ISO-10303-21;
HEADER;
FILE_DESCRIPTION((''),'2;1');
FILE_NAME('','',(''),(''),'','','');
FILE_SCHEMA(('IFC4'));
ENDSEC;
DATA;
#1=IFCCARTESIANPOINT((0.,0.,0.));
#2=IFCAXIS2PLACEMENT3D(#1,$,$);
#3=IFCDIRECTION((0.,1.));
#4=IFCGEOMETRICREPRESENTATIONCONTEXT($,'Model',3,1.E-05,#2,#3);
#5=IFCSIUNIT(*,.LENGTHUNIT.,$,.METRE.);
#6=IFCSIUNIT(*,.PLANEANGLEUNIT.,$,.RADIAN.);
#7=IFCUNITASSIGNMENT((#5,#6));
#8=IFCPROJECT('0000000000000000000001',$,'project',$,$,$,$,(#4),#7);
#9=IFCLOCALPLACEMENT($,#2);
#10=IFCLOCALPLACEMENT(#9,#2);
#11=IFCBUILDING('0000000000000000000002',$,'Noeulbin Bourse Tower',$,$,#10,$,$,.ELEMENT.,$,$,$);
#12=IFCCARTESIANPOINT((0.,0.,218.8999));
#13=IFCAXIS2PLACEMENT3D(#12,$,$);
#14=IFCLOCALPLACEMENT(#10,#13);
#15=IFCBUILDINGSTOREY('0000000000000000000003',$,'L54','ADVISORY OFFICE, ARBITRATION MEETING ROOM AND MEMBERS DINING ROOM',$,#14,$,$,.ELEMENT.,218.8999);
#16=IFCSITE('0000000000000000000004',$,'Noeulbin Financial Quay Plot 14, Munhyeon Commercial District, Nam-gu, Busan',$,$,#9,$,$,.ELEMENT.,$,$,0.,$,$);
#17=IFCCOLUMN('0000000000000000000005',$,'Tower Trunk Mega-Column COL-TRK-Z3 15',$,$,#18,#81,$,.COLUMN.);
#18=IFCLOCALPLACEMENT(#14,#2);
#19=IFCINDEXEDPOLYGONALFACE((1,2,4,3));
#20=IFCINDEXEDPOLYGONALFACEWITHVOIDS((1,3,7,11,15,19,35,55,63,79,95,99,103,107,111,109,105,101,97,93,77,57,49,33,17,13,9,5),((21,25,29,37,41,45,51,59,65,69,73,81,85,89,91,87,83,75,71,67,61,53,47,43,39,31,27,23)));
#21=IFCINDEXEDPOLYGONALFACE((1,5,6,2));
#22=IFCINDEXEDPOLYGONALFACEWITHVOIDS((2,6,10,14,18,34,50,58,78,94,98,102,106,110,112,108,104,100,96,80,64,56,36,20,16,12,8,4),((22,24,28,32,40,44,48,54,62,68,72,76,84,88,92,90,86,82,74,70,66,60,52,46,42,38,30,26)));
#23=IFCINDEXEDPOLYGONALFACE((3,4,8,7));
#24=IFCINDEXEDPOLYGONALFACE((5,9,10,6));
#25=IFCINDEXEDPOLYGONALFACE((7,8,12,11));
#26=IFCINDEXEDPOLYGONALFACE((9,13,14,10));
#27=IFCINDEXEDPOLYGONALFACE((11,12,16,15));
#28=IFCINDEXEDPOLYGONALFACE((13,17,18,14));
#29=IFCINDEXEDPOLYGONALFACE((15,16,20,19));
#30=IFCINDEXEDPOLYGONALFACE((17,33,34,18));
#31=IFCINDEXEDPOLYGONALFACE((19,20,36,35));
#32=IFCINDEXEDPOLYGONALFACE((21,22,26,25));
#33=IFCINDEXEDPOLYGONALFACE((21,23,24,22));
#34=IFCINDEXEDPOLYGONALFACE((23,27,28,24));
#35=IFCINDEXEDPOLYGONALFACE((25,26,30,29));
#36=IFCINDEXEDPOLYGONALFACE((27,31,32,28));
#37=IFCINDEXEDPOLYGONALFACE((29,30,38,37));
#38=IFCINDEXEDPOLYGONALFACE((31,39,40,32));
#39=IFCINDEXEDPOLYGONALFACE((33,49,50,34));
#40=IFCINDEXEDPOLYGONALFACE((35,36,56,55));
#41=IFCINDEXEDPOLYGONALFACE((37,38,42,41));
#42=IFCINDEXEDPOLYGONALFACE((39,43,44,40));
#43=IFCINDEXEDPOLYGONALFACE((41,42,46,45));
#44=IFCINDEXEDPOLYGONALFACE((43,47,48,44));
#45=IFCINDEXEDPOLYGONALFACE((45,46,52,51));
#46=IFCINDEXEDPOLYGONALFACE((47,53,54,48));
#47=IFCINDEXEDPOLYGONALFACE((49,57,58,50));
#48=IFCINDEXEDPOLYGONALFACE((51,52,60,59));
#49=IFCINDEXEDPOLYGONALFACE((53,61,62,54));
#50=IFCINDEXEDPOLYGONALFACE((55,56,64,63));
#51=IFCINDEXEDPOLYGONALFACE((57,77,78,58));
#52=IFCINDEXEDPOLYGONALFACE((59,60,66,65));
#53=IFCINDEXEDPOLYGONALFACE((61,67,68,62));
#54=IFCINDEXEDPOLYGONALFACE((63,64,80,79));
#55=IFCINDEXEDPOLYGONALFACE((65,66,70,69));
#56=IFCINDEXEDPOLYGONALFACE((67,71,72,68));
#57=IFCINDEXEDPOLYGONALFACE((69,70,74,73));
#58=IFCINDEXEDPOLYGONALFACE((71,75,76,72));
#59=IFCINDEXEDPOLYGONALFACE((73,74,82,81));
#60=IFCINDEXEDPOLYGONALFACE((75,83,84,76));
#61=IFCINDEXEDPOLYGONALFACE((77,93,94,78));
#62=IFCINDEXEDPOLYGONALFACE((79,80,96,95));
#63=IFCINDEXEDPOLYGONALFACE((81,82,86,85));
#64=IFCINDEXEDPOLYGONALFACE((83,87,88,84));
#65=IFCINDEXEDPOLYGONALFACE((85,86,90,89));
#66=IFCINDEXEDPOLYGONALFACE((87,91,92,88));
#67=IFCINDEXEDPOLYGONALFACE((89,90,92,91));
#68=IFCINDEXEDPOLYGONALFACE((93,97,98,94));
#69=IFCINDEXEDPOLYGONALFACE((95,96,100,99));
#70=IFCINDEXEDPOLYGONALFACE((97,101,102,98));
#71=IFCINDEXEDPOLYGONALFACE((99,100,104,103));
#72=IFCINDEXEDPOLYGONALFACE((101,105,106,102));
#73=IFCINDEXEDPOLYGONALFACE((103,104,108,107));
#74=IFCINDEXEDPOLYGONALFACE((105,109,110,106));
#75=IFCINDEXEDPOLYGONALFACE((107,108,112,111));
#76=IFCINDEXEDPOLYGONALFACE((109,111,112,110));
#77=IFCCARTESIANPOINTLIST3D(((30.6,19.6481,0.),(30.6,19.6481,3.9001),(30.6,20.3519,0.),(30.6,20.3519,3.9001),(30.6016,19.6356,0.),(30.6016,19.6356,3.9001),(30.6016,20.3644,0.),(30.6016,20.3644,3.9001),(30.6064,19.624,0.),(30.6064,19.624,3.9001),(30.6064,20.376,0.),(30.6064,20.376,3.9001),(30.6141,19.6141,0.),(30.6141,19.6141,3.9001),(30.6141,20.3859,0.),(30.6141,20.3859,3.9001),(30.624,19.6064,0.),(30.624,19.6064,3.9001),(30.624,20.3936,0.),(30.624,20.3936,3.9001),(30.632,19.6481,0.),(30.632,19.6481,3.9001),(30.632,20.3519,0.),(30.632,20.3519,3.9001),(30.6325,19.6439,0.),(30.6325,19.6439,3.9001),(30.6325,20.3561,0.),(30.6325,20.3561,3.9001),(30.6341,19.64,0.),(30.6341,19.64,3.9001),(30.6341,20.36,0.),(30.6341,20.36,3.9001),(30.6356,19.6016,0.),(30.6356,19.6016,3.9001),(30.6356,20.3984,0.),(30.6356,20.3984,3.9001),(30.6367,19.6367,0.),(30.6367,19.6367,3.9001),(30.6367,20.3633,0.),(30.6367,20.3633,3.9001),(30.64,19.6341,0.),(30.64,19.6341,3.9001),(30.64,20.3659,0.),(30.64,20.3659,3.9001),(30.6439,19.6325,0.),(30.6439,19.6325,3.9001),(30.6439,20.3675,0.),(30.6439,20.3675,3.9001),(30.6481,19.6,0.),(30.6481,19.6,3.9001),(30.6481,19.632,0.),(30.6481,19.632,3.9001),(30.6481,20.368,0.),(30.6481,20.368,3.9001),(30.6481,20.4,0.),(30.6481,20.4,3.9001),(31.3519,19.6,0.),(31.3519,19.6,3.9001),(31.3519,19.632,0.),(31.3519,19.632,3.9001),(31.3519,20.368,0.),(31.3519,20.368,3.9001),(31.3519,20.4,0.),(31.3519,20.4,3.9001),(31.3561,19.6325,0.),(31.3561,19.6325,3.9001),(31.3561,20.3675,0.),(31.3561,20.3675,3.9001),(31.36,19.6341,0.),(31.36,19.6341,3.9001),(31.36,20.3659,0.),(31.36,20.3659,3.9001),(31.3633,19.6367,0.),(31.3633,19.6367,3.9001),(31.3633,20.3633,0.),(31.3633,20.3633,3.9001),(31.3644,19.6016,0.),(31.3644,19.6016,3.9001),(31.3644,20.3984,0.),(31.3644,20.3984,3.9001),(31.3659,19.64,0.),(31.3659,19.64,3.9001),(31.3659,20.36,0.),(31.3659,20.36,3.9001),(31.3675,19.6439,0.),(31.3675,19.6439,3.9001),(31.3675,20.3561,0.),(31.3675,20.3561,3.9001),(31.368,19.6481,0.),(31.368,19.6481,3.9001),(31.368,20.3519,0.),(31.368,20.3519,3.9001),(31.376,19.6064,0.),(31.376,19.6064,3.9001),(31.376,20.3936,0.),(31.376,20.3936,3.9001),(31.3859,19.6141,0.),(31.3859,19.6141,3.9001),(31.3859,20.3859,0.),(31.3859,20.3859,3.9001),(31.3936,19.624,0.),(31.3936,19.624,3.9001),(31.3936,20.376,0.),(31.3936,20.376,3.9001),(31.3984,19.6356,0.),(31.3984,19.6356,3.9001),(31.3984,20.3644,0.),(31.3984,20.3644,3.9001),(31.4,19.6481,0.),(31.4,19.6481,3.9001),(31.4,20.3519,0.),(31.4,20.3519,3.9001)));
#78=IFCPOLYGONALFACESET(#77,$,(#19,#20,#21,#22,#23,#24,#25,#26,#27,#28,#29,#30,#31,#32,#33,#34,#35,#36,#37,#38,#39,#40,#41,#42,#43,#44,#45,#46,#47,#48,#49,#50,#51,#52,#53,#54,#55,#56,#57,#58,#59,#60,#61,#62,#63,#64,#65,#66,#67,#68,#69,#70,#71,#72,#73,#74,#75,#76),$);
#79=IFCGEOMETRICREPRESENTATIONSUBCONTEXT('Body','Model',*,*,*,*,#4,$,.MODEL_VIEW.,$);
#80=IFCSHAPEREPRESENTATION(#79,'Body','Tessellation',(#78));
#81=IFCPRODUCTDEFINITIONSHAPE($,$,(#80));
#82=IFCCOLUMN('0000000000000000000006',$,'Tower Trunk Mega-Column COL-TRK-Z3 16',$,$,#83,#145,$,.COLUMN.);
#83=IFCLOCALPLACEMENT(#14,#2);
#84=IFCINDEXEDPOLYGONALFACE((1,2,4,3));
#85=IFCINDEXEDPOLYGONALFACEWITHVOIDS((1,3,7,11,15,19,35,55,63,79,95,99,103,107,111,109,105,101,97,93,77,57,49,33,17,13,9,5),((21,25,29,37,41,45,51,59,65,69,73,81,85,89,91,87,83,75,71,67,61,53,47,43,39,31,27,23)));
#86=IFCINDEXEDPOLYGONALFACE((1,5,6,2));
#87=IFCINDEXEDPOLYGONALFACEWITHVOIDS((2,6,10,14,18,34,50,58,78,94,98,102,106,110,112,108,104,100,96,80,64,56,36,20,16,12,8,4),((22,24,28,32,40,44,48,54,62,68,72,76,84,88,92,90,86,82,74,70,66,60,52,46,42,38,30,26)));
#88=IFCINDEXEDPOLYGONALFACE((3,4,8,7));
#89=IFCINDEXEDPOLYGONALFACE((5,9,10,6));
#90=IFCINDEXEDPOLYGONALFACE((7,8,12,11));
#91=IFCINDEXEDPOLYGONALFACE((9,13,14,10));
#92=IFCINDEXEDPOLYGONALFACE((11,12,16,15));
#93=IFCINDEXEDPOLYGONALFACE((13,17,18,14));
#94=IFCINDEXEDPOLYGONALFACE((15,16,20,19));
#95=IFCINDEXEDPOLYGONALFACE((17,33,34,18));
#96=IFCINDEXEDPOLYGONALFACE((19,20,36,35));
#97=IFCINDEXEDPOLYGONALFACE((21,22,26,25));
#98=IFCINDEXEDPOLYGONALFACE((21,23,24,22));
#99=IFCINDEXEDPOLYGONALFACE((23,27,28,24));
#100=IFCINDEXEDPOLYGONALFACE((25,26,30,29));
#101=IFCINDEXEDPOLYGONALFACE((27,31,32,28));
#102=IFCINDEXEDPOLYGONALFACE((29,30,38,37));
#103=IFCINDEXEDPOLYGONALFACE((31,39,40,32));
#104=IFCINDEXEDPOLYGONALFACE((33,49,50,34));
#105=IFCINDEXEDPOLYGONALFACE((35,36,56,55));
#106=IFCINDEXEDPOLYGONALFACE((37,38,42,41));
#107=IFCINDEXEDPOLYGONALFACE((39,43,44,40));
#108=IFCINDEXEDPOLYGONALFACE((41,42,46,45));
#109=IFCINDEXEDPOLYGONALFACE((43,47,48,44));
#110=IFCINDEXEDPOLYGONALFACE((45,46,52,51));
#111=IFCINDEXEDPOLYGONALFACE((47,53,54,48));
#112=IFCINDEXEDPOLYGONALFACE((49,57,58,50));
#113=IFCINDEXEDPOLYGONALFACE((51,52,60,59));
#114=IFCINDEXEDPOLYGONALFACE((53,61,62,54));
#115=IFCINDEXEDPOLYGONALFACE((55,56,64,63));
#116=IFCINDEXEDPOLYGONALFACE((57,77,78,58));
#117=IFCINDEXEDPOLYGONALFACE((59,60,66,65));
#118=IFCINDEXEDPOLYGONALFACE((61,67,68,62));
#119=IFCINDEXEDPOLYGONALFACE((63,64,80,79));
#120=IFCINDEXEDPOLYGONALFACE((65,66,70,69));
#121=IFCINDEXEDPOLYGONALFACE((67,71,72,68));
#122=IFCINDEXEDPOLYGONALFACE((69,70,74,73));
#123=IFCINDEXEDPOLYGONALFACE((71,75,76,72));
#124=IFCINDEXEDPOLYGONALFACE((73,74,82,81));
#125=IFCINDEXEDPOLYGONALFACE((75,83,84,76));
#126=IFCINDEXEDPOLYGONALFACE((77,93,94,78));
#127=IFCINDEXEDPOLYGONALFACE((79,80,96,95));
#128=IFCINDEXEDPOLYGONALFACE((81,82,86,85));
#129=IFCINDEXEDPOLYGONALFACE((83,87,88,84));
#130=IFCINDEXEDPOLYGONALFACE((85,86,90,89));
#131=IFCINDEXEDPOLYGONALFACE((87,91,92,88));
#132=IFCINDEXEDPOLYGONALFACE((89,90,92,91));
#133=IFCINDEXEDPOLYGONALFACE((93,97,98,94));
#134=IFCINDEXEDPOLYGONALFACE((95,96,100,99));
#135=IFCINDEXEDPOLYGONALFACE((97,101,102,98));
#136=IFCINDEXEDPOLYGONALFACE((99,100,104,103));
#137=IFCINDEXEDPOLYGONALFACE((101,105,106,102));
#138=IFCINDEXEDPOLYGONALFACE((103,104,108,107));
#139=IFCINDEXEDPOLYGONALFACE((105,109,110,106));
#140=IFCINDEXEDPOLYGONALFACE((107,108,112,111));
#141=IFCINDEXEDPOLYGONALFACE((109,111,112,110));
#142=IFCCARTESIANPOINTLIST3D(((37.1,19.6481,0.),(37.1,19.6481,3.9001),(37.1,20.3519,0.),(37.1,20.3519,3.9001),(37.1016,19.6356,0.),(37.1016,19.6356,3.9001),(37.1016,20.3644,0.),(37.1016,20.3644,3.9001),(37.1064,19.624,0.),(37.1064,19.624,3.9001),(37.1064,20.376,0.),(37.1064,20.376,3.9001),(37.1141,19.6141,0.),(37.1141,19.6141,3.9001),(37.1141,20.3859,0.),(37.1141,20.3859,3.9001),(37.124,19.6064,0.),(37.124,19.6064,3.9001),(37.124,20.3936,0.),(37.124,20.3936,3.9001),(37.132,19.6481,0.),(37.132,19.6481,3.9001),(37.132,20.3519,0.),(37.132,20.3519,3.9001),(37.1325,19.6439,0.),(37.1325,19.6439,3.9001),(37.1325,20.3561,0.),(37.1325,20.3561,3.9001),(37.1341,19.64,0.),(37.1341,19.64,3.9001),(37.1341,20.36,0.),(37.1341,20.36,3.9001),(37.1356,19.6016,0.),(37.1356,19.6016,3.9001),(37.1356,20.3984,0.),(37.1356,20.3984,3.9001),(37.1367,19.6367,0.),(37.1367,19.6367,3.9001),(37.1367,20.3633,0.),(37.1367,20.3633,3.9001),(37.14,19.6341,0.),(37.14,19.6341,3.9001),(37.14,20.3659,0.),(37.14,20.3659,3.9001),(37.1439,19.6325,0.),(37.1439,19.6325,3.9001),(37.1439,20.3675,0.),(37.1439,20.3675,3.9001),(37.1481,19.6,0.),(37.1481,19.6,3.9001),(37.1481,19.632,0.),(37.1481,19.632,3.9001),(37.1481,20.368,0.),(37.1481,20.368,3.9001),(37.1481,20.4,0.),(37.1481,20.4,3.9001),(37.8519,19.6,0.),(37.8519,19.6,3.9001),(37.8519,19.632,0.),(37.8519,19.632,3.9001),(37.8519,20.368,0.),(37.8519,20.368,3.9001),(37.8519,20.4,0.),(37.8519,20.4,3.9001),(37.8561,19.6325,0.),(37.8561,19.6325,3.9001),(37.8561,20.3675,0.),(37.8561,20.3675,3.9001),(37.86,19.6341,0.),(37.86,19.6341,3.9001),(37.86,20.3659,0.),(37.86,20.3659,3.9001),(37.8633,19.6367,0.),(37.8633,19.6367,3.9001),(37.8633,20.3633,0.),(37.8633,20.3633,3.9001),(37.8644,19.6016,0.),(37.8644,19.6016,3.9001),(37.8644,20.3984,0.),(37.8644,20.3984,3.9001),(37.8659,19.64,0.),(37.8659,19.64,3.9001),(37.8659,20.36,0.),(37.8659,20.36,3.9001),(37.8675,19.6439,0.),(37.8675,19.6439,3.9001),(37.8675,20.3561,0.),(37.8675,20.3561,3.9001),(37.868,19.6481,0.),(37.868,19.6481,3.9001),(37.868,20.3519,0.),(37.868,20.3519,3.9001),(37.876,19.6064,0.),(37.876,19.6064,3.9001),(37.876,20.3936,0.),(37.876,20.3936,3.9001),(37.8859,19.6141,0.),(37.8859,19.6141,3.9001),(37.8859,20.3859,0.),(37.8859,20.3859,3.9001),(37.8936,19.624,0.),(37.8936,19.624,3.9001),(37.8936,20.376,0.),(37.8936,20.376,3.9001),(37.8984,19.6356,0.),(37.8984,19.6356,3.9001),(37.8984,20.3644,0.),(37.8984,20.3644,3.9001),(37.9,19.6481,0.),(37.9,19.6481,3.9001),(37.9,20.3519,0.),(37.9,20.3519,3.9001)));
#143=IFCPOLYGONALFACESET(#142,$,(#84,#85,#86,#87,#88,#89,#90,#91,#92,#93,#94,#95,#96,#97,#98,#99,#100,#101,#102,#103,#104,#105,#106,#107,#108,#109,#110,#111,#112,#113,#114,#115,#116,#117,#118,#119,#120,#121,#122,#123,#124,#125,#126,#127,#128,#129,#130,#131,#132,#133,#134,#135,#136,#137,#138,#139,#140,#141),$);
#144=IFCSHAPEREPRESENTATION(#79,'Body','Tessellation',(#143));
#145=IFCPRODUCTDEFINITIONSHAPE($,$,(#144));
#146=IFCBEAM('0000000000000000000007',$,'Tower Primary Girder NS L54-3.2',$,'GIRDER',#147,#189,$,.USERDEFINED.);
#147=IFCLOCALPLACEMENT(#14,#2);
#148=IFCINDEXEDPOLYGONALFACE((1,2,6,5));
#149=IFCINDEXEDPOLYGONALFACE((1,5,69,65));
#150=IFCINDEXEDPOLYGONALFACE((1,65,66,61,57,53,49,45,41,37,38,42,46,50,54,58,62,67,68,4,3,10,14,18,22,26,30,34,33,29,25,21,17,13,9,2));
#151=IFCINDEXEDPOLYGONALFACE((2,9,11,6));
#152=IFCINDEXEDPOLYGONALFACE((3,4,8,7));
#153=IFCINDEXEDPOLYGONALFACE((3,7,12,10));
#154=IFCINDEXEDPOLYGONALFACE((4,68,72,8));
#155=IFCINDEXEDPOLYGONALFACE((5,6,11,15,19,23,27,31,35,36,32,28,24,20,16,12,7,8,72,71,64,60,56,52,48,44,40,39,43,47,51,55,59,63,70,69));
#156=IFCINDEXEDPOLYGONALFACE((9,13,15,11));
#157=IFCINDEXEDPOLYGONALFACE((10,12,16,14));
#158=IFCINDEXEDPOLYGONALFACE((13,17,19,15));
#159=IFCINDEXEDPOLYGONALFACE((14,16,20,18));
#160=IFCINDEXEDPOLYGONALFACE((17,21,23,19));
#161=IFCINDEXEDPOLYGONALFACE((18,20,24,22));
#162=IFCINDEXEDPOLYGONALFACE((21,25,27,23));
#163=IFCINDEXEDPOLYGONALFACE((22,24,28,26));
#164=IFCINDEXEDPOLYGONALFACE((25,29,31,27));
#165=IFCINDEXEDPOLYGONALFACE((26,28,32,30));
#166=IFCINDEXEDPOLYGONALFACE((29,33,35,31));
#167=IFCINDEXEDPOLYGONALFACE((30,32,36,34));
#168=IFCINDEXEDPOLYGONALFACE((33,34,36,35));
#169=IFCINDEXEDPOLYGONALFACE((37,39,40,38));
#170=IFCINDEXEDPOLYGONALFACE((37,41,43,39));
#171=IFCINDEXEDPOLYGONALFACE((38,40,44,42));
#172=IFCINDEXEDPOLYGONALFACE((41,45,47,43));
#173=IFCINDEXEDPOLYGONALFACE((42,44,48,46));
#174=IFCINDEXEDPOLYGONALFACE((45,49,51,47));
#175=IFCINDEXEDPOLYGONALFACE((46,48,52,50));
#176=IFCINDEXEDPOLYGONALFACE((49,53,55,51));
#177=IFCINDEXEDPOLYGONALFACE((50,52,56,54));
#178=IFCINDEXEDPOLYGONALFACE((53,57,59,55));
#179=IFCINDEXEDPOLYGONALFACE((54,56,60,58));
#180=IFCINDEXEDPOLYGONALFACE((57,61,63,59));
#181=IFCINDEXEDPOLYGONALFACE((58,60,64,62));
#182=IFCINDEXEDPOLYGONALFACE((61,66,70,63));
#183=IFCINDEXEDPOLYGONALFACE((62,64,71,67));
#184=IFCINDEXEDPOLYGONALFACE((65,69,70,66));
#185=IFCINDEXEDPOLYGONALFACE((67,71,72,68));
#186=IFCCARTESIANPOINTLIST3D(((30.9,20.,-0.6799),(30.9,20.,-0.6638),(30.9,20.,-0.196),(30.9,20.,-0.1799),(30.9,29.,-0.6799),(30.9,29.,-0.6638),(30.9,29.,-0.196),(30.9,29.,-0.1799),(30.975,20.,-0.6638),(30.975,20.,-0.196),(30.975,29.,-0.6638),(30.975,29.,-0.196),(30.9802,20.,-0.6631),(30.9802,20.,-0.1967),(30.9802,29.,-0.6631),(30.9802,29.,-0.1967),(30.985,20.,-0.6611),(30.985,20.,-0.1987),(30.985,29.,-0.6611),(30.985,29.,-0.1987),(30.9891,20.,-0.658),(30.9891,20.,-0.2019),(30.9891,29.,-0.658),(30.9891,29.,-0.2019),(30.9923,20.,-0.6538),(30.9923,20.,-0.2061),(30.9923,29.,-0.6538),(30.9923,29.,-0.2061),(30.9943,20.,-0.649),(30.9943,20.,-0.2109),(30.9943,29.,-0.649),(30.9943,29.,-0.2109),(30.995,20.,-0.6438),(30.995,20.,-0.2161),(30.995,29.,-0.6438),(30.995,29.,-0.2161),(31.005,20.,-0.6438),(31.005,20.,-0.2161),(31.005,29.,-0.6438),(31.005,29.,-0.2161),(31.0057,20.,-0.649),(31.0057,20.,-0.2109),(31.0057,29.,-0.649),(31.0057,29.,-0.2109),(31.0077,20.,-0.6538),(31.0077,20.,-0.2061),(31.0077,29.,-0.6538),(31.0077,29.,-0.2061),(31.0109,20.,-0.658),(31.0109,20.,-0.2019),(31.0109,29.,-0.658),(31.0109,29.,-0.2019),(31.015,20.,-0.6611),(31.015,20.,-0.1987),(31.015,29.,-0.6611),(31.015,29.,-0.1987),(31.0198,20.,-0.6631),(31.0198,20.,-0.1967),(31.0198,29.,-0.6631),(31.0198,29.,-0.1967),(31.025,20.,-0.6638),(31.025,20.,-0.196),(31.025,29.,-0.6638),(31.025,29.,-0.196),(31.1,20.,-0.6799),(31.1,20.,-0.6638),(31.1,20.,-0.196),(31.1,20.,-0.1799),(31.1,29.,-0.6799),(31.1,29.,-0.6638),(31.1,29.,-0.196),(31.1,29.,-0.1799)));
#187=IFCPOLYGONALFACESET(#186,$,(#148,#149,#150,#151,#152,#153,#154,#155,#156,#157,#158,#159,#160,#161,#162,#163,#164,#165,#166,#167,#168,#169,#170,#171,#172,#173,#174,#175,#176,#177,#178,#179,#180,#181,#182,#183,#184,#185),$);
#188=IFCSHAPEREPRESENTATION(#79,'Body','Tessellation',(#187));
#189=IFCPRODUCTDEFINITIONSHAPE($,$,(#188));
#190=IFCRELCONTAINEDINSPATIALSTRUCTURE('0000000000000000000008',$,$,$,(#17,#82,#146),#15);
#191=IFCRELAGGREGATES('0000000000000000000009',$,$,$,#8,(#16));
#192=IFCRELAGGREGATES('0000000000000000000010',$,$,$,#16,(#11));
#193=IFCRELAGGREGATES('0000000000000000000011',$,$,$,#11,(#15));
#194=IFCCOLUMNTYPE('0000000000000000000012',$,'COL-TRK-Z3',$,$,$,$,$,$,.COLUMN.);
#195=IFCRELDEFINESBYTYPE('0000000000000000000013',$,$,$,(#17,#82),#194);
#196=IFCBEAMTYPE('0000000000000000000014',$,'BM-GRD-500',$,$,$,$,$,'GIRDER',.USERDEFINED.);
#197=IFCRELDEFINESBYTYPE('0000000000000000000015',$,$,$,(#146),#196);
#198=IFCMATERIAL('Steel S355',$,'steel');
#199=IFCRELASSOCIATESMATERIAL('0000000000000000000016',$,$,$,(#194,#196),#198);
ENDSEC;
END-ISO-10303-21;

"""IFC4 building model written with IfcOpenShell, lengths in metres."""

from ifc_helpers import new_model, si_unit, direction, frame, origin, origin_2d, place, context, subcontext, project, spatial, hollow_rectangle, i_section, extrude, material, material_profile, profile_set, type_object, element, save


model = new_model("IFC4")

# Units and contexts
model_context = context("Model", 3, precision=1e-05, world=origin(), true_north=direction((0.0, 1.0)))
body_context = subcontext(model_context, "Body", "Model", "MODEL_VIEW")
ifc_project = project(units=[si_unit("LENGTHUNIT", "METRE"), si_unit("PLANEANGLEUNIT", "RADIAN")], contexts=[model_context])

# Site, building, storey
site_placement = place(None, origin())
site = spatial("IfcSite", under=ifc_project, at=site_placement, Name="Noeulbin Financial Quay Plot 14, Munhyeon Commercial District, Nam-gu, Busan", CompositionType="ELEMENT", RefElevation=0.0)
building_placement = place(site_placement, origin())
building = spatial("IfcBuilding", under=site, at=building_placement, Name="Noeulbin Bourse Tower", CompositionType="ELEMENT")
storey_placement = place(building_placement, frame((0.0, 0.0, 218.8999)))
storey = spatial("IfcBuildingStorey", under=building, at=storey_placement, Name="L54", Description="ADVISORY OFFICE, ARBITRATION MEETING ROOM AND MEMBERS DINING ROOM", CompositionType="ELEMENT", Elevation=218.8999)

# Columns
ifc_material_1 = material(Name="Steel S355", Category="steel")
ifc_material_profile_1 = material_profile(ifc_material_1, hollow_rectangle(XDim=0.8, YDim=0.8, WallThickness=0.032, InnerFilletRadius=0.0161, OuterFilletRadius=0.0481, at=origin_2d()), Name="BOX-800x800x32", Category="LoadBearing")
ifc_profile_set_1 = profile_set([ifc_material_profile_1], Name="Steel S355")
column_type = type_object("IfcColumnType", Name="COL-TRK-Z3", PredefinedType="COLUMN", material=ifc_profile_set_1)
for number, where, z_axis, x_axis, name in (
    (1, (31.0, 20.0, 0.0), (0.0, 0.0, 1.0), (1.0, 0.0, 0.0), "Tower Trunk Mega-Column COL-TRK-Z3 15"),
    (2, (37.5, 20.0, 0.0), (0.0, 0.0, 1.0), (1.0, 0.0, 0.0), "Tower Trunk Mega-Column COL-TRK-Z3 16"),
):
    element("IfcColumn", number, at=place(storey_placement, frame(where, z_axis=z_axis, x_axis=x_axis)), inside=storey, type_object=column_type, Name=name, PredefinedType="COLUMN", context=body_context, shape_type="SweptSolid", body=[
        extrude(hollow_rectangle(XDim=0.8, YDim=0.8, WallThickness=0.032, InnerFilletRadius=0.0161, OuterFilletRadius=0.0481, at=origin_2d()), origin(), (0.0, 0.0, 1.0), 3.9001),
    ])

# Beam
ifc_material_profile_2 = material_profile(ifc_material_1, i_section(OverallWidth=0.2, OverallDepth=0.5, WebThickness=0.01, FlangeThickness=0.0161, FilletRadius=0.02, at=origin_2d()), Name="H-500x200x10x16", Category="LoadBearing")
ifc_profile_set_2 = profile_set([ifc_material_profile_2], Name="Steel S355")
beam_type_1 = type_object("IfcBeamType", Name="BM-GRD-500", ElementType="GIRDER", PredefinedType="USERDEFINED", material=ifc_profile_set_2)
beam_1_placement = place(storey_placement, frame((31.0, 20.0, -0.4299), z_axis=(0.0, 1.0, 0.0), x_axis=(-1.0, 0.0, 0.0)))
element("IfcBeam", 3, at=beam_1_placement, inside=storey, type_object=beam_type_1, Name="Tower Primary Girder NS L54-3.2", ObjectType="GIRDER", PredefinedType="USERDEFINED", context=body_context, shape_type="SweptSolid", body=[
    extrude(i_section(OverallWidth=0.2, OverallDepth=0.5, WebThickness=0.01, FlangeThickness=0.0161, FilletRadius=0.02, at=origin_2d()), origin(), (0.0, 0.0, 1.0), 9.0),
])

save(model, "model.ifc")
